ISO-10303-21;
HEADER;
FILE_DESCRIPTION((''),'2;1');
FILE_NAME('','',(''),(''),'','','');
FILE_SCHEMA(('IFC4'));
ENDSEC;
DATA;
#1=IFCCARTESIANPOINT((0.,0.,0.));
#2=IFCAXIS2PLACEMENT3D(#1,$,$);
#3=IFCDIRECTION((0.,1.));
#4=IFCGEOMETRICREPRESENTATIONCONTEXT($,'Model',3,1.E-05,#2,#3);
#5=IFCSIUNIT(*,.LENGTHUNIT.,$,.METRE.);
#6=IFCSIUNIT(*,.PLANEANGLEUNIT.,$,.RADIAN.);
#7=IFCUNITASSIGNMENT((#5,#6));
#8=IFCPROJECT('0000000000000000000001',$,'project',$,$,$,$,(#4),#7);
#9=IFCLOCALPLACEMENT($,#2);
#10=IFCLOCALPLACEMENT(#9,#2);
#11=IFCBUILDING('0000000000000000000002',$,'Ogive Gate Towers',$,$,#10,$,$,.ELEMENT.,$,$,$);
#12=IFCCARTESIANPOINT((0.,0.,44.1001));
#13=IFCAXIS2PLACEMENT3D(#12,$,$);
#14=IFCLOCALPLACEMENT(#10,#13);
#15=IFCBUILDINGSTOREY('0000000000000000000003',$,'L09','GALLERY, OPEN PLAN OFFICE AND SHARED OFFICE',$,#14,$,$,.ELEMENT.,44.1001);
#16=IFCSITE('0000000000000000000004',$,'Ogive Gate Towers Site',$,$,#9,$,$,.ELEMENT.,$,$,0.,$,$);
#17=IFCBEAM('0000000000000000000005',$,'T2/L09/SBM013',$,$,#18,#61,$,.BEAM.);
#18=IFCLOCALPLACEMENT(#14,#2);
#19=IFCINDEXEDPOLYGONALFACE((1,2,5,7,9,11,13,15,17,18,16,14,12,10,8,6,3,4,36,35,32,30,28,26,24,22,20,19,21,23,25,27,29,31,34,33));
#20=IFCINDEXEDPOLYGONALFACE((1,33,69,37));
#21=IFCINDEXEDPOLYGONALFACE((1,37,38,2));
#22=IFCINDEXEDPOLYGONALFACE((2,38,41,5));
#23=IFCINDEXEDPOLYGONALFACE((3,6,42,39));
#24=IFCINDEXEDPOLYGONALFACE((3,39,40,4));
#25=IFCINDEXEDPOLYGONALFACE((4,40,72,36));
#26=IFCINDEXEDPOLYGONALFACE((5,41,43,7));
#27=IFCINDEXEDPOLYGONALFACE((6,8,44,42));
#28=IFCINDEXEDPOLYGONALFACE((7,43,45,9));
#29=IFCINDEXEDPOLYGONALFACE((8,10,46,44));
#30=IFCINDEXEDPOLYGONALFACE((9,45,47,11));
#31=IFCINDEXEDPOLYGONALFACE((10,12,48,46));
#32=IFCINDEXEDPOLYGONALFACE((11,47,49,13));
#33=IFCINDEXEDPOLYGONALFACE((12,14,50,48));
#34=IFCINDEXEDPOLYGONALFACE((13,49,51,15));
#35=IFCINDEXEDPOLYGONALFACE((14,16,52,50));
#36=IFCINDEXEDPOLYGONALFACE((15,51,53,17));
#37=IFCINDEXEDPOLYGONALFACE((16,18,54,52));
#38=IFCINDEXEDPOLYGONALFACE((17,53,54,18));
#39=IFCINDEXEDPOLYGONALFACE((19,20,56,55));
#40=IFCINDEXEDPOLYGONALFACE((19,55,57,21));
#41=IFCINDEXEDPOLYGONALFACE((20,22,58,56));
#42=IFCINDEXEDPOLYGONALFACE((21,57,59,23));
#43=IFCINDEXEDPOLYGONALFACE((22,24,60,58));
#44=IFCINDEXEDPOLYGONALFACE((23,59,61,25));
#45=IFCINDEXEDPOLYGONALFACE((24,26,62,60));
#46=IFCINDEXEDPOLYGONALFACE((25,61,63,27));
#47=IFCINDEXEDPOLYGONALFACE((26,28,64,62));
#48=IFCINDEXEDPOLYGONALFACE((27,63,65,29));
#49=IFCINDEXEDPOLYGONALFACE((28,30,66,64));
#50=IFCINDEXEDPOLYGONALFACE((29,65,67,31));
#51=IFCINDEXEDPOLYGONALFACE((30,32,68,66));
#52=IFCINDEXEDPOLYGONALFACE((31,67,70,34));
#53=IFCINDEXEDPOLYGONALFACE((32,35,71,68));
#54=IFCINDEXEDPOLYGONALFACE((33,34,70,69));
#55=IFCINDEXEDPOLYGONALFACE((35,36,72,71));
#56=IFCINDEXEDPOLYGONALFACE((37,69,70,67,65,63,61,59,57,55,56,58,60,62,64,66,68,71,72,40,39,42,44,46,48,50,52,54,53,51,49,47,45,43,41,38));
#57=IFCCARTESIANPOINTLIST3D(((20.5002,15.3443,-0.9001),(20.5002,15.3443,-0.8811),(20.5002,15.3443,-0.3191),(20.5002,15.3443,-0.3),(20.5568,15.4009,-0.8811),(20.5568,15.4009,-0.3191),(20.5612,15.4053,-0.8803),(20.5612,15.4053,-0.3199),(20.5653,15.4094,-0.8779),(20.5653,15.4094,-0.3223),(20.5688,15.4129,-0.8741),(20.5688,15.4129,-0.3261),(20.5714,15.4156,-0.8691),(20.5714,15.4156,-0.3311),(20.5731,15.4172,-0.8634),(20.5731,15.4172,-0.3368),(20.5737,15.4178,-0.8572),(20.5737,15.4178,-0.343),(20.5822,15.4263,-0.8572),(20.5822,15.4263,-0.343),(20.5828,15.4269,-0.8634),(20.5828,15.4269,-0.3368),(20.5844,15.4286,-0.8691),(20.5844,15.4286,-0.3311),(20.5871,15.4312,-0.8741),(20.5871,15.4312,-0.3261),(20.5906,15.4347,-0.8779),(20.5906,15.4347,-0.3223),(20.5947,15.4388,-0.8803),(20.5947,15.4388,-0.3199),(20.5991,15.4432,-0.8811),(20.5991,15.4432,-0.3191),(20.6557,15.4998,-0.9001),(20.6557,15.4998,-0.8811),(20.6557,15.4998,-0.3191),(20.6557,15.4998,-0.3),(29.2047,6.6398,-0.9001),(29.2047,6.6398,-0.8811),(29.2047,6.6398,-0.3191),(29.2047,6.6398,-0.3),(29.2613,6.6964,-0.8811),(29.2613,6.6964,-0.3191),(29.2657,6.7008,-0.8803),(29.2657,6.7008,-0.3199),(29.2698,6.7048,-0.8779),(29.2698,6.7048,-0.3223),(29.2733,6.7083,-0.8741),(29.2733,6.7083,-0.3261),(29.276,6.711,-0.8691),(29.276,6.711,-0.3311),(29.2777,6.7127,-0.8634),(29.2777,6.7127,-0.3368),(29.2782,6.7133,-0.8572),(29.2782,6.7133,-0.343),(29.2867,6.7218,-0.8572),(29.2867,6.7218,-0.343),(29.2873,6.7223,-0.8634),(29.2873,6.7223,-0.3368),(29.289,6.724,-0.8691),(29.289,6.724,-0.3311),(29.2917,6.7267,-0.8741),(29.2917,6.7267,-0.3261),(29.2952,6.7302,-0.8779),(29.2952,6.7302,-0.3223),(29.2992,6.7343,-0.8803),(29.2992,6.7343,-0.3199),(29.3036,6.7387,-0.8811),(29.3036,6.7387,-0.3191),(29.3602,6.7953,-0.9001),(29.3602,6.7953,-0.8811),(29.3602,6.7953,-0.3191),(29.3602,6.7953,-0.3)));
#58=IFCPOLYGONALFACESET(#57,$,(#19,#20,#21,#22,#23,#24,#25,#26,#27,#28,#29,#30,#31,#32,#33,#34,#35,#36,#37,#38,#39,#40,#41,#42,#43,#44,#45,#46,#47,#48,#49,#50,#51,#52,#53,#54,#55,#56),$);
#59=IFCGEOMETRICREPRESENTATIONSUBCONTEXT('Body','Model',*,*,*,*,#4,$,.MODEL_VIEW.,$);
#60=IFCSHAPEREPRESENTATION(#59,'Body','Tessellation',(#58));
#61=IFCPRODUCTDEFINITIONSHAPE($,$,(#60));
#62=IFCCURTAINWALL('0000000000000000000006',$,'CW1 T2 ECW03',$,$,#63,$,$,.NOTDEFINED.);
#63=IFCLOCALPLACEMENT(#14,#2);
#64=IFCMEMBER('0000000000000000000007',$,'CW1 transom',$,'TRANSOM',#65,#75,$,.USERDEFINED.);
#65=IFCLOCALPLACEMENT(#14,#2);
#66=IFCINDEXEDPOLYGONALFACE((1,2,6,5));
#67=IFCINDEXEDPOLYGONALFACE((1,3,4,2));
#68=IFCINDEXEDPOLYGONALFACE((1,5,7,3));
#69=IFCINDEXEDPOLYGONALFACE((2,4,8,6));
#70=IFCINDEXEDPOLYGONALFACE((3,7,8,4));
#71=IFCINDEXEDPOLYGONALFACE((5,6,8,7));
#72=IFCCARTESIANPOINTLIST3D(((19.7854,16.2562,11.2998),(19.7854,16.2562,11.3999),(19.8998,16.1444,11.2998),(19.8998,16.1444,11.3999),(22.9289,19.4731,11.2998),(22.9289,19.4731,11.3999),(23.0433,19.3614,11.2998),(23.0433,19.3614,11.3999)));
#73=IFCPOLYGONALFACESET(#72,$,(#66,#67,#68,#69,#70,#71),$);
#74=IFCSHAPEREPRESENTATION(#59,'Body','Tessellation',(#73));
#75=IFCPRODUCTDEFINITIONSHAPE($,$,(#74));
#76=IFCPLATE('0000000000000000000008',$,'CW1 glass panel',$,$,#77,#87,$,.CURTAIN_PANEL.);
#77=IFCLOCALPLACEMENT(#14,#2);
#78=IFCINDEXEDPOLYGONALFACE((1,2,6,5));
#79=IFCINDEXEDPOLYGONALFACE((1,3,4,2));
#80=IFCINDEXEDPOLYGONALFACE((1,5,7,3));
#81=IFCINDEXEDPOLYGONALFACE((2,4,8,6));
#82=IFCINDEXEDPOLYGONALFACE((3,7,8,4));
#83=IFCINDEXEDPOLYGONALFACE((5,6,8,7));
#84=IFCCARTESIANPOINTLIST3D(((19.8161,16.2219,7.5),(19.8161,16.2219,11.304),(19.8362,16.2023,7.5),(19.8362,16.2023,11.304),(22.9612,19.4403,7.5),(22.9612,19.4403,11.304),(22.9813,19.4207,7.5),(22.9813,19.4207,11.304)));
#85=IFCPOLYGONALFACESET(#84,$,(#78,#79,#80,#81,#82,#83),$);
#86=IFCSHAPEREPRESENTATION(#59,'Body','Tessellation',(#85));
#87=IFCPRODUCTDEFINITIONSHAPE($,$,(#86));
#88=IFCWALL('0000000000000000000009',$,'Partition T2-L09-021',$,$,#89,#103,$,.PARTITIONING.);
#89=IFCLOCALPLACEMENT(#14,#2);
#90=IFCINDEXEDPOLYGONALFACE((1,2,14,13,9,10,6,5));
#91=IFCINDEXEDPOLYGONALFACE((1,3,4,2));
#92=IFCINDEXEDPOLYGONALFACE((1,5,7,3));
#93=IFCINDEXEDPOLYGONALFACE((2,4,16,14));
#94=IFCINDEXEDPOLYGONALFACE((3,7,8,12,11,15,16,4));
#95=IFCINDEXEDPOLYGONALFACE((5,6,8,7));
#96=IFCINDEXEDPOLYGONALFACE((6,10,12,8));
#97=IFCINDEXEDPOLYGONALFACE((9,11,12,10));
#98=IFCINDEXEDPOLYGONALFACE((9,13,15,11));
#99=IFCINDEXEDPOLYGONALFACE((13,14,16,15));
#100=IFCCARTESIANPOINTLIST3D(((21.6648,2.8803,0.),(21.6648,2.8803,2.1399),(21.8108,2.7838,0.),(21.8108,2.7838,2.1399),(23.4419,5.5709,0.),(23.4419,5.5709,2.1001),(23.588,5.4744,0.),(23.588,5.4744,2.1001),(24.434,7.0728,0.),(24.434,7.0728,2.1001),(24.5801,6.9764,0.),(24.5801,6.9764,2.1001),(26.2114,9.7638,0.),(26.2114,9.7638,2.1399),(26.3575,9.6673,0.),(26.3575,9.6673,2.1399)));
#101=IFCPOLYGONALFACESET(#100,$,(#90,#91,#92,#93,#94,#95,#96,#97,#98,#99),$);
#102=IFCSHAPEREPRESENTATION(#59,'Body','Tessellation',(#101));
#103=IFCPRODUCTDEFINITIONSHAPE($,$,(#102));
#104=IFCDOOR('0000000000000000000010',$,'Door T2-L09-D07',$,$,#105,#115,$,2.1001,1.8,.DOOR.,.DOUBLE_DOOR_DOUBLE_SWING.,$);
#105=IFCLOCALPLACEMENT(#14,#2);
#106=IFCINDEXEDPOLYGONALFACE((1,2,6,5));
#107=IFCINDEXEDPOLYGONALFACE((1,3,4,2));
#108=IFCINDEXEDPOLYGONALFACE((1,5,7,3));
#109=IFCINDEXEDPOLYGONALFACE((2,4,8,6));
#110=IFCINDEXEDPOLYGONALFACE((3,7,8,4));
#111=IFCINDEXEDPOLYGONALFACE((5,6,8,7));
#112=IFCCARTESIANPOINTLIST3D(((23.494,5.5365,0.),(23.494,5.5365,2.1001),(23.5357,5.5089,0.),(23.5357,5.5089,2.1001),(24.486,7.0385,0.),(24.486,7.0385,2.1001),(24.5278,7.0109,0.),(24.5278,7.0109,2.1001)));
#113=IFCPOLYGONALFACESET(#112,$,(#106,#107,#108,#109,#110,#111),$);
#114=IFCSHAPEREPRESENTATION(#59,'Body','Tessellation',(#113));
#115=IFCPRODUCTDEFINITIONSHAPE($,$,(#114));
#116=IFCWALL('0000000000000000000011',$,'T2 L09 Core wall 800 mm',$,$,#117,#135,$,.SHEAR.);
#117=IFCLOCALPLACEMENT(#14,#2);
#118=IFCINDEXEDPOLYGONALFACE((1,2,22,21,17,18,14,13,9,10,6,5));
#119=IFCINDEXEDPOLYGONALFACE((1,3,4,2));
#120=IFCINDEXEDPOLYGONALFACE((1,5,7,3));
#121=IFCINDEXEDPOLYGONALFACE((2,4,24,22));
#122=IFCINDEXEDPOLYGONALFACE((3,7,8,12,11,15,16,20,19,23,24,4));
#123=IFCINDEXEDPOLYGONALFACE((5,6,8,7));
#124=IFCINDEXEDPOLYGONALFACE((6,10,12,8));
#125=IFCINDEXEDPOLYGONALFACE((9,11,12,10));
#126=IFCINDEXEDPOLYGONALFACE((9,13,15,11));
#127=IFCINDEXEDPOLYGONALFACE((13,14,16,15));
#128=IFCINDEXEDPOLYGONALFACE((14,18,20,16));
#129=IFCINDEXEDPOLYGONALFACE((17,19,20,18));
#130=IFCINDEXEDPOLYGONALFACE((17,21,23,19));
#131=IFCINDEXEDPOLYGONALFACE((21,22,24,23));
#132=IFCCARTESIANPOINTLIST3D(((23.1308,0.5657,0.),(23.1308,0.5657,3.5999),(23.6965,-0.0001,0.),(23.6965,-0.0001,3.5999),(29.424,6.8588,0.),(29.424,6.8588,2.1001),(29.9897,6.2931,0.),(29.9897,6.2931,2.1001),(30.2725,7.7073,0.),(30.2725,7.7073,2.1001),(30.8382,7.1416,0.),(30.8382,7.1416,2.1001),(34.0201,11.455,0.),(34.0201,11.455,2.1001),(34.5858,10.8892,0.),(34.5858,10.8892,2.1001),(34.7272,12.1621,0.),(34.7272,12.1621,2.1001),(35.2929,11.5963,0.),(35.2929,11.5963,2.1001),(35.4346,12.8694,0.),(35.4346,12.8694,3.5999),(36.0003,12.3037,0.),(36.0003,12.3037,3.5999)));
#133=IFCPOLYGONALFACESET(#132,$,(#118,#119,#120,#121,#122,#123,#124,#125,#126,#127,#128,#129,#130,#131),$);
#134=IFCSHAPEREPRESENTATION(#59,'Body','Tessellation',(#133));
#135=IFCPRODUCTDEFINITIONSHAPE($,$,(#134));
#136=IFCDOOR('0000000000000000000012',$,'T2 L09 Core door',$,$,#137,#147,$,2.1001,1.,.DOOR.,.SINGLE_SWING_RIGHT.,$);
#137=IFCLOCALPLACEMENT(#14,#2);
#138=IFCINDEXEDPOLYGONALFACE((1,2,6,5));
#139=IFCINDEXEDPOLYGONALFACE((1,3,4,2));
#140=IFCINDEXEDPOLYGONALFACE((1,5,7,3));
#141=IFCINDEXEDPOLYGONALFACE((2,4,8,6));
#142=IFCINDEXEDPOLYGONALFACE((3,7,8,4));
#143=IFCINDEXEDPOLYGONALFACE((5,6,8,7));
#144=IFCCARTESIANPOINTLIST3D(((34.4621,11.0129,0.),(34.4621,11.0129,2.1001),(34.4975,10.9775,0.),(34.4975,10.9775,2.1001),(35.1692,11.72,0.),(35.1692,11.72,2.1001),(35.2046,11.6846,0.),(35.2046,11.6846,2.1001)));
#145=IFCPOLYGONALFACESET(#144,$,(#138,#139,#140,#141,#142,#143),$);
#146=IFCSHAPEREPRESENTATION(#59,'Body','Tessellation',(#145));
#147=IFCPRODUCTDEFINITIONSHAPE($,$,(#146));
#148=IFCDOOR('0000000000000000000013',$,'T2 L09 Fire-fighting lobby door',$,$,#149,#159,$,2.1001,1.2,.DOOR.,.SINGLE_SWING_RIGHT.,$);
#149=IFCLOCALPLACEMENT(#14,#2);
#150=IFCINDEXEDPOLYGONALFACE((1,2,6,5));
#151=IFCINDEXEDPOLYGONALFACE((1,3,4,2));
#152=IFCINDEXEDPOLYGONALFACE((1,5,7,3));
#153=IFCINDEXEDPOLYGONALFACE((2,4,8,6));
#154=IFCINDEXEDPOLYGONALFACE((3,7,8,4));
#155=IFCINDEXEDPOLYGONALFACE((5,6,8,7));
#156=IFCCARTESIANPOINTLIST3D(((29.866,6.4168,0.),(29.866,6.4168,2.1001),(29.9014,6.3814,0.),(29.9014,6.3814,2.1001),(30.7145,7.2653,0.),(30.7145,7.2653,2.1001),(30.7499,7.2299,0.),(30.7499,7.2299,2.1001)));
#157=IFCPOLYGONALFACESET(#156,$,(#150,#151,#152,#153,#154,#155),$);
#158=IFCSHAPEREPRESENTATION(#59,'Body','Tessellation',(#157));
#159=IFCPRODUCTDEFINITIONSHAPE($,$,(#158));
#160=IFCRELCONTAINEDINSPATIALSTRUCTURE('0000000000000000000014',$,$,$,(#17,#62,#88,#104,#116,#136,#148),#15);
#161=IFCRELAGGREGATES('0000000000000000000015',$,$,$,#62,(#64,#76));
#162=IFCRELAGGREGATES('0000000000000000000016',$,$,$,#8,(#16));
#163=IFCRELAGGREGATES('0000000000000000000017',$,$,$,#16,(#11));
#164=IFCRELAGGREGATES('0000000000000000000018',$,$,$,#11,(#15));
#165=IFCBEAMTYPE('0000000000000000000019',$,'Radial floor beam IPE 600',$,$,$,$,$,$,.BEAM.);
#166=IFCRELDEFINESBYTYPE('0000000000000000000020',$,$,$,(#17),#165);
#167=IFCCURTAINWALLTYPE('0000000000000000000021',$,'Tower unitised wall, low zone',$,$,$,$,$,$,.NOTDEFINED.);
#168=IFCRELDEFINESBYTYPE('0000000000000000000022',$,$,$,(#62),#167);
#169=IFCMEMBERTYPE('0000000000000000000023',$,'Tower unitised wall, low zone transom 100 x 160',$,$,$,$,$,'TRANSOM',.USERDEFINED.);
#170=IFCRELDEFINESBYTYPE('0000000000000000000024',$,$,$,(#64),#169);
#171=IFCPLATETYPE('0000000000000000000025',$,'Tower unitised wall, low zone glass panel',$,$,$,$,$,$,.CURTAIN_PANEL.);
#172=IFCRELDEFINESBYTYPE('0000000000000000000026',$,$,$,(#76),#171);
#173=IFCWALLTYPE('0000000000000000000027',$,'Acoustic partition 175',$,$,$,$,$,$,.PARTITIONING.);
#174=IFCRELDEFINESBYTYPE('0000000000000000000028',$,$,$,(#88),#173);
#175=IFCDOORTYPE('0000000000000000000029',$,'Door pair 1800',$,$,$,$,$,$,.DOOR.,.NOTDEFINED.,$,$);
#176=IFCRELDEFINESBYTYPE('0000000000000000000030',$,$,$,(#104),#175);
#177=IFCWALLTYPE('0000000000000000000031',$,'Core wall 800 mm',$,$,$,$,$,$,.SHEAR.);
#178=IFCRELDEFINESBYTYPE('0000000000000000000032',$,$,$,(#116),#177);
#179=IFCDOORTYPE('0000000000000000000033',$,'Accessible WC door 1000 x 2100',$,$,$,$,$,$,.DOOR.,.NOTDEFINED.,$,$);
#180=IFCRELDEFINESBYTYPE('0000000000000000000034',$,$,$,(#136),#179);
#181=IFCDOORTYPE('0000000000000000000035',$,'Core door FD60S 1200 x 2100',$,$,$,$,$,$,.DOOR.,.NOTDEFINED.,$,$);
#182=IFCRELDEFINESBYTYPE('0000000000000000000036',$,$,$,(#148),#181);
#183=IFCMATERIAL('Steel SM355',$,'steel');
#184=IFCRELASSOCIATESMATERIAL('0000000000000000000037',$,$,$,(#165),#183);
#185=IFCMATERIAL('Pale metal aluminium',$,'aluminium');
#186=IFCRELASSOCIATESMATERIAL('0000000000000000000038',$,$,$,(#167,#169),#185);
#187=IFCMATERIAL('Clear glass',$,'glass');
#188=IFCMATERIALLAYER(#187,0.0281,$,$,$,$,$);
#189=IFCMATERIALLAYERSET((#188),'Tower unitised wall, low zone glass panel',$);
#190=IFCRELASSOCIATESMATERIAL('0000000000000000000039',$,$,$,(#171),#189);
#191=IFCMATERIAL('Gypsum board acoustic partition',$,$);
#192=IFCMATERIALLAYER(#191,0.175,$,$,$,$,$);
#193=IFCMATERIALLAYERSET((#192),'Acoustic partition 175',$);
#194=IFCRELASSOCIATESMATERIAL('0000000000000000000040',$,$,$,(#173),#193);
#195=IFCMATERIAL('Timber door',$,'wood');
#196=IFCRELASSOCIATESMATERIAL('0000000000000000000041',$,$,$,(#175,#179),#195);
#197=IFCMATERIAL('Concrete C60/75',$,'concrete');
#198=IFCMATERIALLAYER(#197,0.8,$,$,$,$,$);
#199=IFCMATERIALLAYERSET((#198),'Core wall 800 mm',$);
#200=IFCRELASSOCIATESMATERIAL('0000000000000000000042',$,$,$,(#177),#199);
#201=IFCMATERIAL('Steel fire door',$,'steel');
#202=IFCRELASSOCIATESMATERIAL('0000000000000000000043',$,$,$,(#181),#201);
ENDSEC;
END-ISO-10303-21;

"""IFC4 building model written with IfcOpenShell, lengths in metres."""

from ifc_helpers import new_model, si_unit, direction, frame, frame_2d, origin, origin_2d, place, context, subcontext, project, spatial, rectangle, i_section, extrude, material, layer, layer_set, material_profile, profile_set, type_object, element, fill, aggregate, save


model = new_model("IFC4")

# Units and contexts
model_context = context("Model", 3, precision=1e-05, world=origin(), true_north=direction((0.0, 1.0)))
body_context = subcontext(model_context, "Body", "Model", "MODEL_VIEW")
ifc_project = project(units=[si_unit("LENGTHUNIT", "METRE"), si_unit("PLANEANGLEUNIT", "RADIAN")], contexts=[model_context])

# Site, building, storey
site_placement = place(None, origin())
site = spatial("IfcSite", under=ifc_project, at=site_placement, Name="Ogive Gate Towers Site", CompositionType="ELEMENT", RefElevation=0.0)
building_placement = place(site_placement, origin())
building = spatial("IfcBuilding", under=site, at=building_placement, Name="Ogive Gate Towers", CompositionType="ELEMENT")
storey_placement = place(building_placement, frame((0.0, 0.0, 44.1001)))
storey = spatial("IfcBuildingStorey", under=building, at=storey_placement, Name="L09", Description="GALLERY, OPEN PLAN OFFICE AND SHARED OFFICE", CompositionType="ELEMENT", Elevation=44.1001)

# Beam
ifc_material_1 = material(Name="Steel SM355", Category="steel")
ifc_material_profile_1 = material_profile(ifc_material_1, i_section(OverallWidth=0.22, OverallDepth=0.6001, WebThickness=0.012, FlangeThickness=0.019, FilletRadius=0.0239, at=origin_2d()), Name="IPE 600")
ifc_profile_set_1 = profile_set([ifc_material_profile_1], Name="Steel SM355")
beam_type_1 = type_object("IfcBeamType", Name="Radial floor beam IPE 600", PredefinedType="BEAM", material=ifc_profile_set_1)
beam_1_placement = place(storey_placement, frame((29.2825, 6.7175, -0.6001), z_axis=(-0.707107, 0.707107, 0.0), x_axis=(-0.707107, -0.707107, 0.0)))
element("IfcBeam", 1, at=beam_1_placement, inside=storey, type_object=beam_type_1, Name="T2/L09/SBM013", PredefinedType="BEAM", context=body_context, shape_type="SweptSolid", body=[
    extrude(i_section(OverallWidth=0.22, OverallDepth=0.6001, WebThickness=0.012, FlangeThickness=0.019, FilletRadius=0.0239, at=origin_2d()), origin(), (0.0, 0.0, 1.0), 12.3101),
])

# Curtain wall, member, plate
ifc_material_2 = material(Name="Pale metal aluminium", Category="aluminium")
curtain_wall_type = type_object("IfcCurtainWallType", Name="Tower unitised wall, low zone", PredefinedType="NOTDEFINED", material=ifc_material_2)
curtain_wall_placement = place(storey_placement, origin())
curtain_wall = element("IfcCurtainWall", 2, at=curtain_wall_placement, inside=storey, type_object=curtain_wall_type, Name="CW1 T2 ECW03", PredefinedType="NOTDEFINED")
ifc_material_profile_2 = material_profile(ifc_material_2, rectangle(XDim=0.1599, YDim=0.1001, at=origin_2d()), Name="100 x 160 aluminium box")
ifc_profile_set_2 = profile_set([ifc_material_profile_2], Name="Pale metal aluminium")
member_type = type_object("IfcMemberType", Name="Tower unitised wall, low zone transom 100 x 160", ElementType="TRANSOM", PredefinedType="USERDEFINED", material=ifc_profile_set_2)
member_placement = place(storey_placement, frame((22.9861, 19.4172, 11.3499), z_axis=(-0.698891, -0.715229, 0.0), x_axis=(0.715229, -0.698891, 0.0)))
member = element("IfcMember", 3, at=member_placement, type_object=member_type, Name="CW1 transom", ObjectType="TRANSOM", PredefinedType="USERDEFINED", context=body_context, shape_type="SweptSolid", body=[
    extrude(rectangle(XDim=0.1599, YDim=0.1001, at=origin_2d()), origin(), (0.0, 0.0, 1.0), 4.4978),
])
ifc_material_3 = material(Name="Clear glass", Category="glass")
ifc_layer_1 = layer(ifc_material_3, 0.0281)
ifc_layer_set_1 = layer_set([ifc_layer_1], Name="Tower unitised wall, low zone glass panel")
plate_type = type_object("IfcPlateType", Name="Tower unitised wall, low zone glass panel", PredefinedType="CURTAIN_PANEL", material=ifc_layer_set_1)
plate_placement = place(storey_placement, frame((21.3987, 17.8213, 7.5), z_axis=(0.0, 0.0, 1.0), x_axis=(-0.698915, -0.715205, 0.0)))
plate = element("IfcPlate", 4, at=plate_placement, type_object=plate_type, Name="CW1 glass panel", PredefinedType="CURTAIN_PANEL", context=body_context, shape_type="SweptSolid", body=[
    extrude(rectangle(XDim=4.5, YDim=0.0281, at=origin_2d()), origin(), (0.0, 0.0, 1.0), 3.804),
])
aggregate(curtain_wall, [member, plate])

# Wall, opening, door
ifc_material_4 = material(Name="Gypsum board acoustic partition")
ifc_layer_2 = layer(ifc_material_4, 0.175)
ifc_layer_set_2 = layer_set([ifc_layer_2], Name="Acoustic partition 175")
wall_type_1 = type_object("IfcWallType", Name="Acoustic partition 175", PredefinedType="PARTITIONING", material=ifc_layer_set_2)
wall_1_placement = place(storey_placement, frame((26.2844, 9.7156, 0.0), z_axis=(0.0, 0.0, 1.0), x_axis=(-0.551137, -0.834415, 0.0)))
wall_1 = element("IfcWall", 5, at=wall_1_placement, inside=storey, type_object=wall_type_1, Name="Partition T2-L09-021", PredefinedType="PARTITIONING", context=body_context, shape_type="SweptSolid", body=[
    extrude(rectangle(XDim=8.2495, YDim=0.175, at=frame_2d((4.1248, 0.0))), origin(), (0.0, 0.0, 1.0), 2.1399),
])
opening_1_placement = place(wall_1_placement, frame((3.2251, 0.0, 0.0)))
opening_1 = element("IfcOpeningElement", 6, at=opening_1_placement, cuts=wall_1, PredefinedType="OPENING", context=body_context, shape_type="SweptSolid", body=[
    extrude(rectangle(XDim=1.8, YDim=2.1001, at=frame_2d((0.8999, 1.05))), frame((0.0, 0.0977, 0.0), z_axis=(0.0, -1.0, 0.0), x_axis=(1.0, 0.0, 0.0)), (0.0, 0.0, 1.0), 0.1951),
])
ifc_material_5 = material(Name="Timber door", Category="wood")
door_type_1 = type_object("IfcDoorType", Name="Door pair 1800", OperationType="NOTDEFINED", PredefinedType="DOOR", material=ifc_material_5)
door_1_placement = place(opening_1_placement, origin())
door_1 = element("IfcDoor", 7, at=door_1_placement, inside=storey, type_object=door_type_1, Name="Door T2-L09-D07", OperationType="DOUBLE_DOOR_DOUBLE_SWING", OverallHeight=2.1001, OverallWidth=1.8, PredefinedType="DOOR", context=body_context, shape_type="SweptSolid", body=[
    extrude(rectangle(XDim=1.8, YDim=2.1001, at=frame_2d((0.8999, 1.05))), frame((0.0, 0.0249, 0.0), z_axis=(0.0, -1.0, 0.0), x_axis=(1.0, 0.0, 0.0)), (0.0, 0.0, 1.0), 0.05),
])
fill(opening_1, door_1)

# Wall, openings, doors
ifc_material_6 = material(Name="Concrete C60/75", Category="concrete")
ifc_layer_3 = layer(ifc_material_6, 0.8)
ifc_layer_set_3 = layer_set([ifc_layer_3], Name="Core wall 800 mm")
wall_type_2 = type_object("IfcWallType", Name="Core wall 800 mm", PredefinedType="SHEAR", material=ifc_layer_set_3)
wall_2_placement = place(storey_placement, frame((23.4136, 0.2827, 0.0), z_axis=(0.0, 0.0, 1.0), x_axis=(0.707107, 0.707107, 0.0)))
wall_2 = element("IfcWall", 8, at=wall_2_placement, inside=storey, type_object=wall_type_2, Name="T2 L09 Core wall 800 mm", PredefinedType="SHEAR", context=body_context, shape_type="SweptSolid", body=[
    extrude(rectangle(XDim=17.4001, YDim=0.8, at=frame_2d((8.7002, 0.0))), origin(), (0.0, 0.0, 1.0), 3.5999),
])
opening_2_placement = place(wall_2_placement, frame((8.8999, 0.0, 0.0)))
opening_2 = element("IfcOpeningElement", 9, at=opening_2_placement, cuts=wall_2, PredefinedType="OPENING", context=body_context, shape_type="SweptSolid", body=[
    extrude(rectangle(XDim=1.2, YDim=2.1001, at=frame_2d((0.6001, 1.05))), frame((0.0, 0.4102, 0.0), z_axis=(0.0, -1.0, 0.0), x_axis=(1.0, 0.0, 0.0)), (0.0, 0.0, 1.0), 0.8201),
])
opening_3_placement = place(wall_2_placement, frame((15.3999, 0.0, 0.0)))
opening_3 = element("IfcOpeningElement", 10, at=opening_3_placement, cuts=wall_2, PredefinedType="OPENING", context=body_context, shape_type="SweptSolid", body=[
    extrude(rectangle(XDim=1.0, YDim=2.1001, at=frame_2d((0.5, 1.05))), frame((0.0, 0.4102, 0.0), z_axis=(0.0, -1.0, 0.0), x_axis=(1.0, 0.0, 0.0)), (0.0, 0.0, 1.0), 0.8201),
])
door_type_2 = type_object("IfcDoorType", Name="Accessible WC door 1000 x 2100", OperationType="NOTDEFINED", PredefinedType="DOOR", material=ifc_material_5)
door_2_placement = place(opening_3_placement, origin())
door_2 = element("IfcDoor", 11, at=door_2_placement, inside=storey, type_object=door_type_2, Name="T2 L09 Core door", OperationType="SINGLE_SWING_RIGHT", OverallHeight=2.1001, OverallWidth=1.0, PredefinedType="DOOR", context=body_context, shape_type="SweptSolid", body=[
    extrude(rectangle(XDim=1.0, YDim=2.1001, at=frame_2d((0.5, 1.05))), frame((0.0, -0.2251, 0.0), z_axis=(0.0, -1.0, 0.0), x_axis=(1.0, 0.0, 0.0)), (0.0, 0.0, 1.0), 0.05),
])
fill(opening_3, door_2)
ifc_material_7 = material(Name="Steel fire door", Category="steel")
door_type_3 = type_object("IfcDoorType", Name="Core door FD60S 1200 x 2100", OperationType="NOTDEFINED", PredefinedType="DOOR", material=ifc_material_7)
door_3_placement = place(opening_2_placement, origin())
door_3 = element("IfcDoor", 12, at=door_3_placement, inside=storey, type_object=door_type_3, Name="T2 L09 Fire-fighting lobby door", OperationType="SINGLE_SWING_RIGHT", OverallHeight=2.1001, OverallWidth=1.2, PredefinedType="DOOR", context=body_context, shape_type="SweptSolid", body=[
    extrude(rectangle(XDim=1.2, YDim=2.1001, at=frame_2d((0.6001, 1.05))), frame((0.0, -0.2251, 0.0), z_axis=(0.0, -1.0, 0.0), x_axis=(1.0, 0.0, 0.0)), (0.0, 0.0, 1.0), 0.05),
])
fill(opening_2, door_3)

save(model, "model.ifc")
